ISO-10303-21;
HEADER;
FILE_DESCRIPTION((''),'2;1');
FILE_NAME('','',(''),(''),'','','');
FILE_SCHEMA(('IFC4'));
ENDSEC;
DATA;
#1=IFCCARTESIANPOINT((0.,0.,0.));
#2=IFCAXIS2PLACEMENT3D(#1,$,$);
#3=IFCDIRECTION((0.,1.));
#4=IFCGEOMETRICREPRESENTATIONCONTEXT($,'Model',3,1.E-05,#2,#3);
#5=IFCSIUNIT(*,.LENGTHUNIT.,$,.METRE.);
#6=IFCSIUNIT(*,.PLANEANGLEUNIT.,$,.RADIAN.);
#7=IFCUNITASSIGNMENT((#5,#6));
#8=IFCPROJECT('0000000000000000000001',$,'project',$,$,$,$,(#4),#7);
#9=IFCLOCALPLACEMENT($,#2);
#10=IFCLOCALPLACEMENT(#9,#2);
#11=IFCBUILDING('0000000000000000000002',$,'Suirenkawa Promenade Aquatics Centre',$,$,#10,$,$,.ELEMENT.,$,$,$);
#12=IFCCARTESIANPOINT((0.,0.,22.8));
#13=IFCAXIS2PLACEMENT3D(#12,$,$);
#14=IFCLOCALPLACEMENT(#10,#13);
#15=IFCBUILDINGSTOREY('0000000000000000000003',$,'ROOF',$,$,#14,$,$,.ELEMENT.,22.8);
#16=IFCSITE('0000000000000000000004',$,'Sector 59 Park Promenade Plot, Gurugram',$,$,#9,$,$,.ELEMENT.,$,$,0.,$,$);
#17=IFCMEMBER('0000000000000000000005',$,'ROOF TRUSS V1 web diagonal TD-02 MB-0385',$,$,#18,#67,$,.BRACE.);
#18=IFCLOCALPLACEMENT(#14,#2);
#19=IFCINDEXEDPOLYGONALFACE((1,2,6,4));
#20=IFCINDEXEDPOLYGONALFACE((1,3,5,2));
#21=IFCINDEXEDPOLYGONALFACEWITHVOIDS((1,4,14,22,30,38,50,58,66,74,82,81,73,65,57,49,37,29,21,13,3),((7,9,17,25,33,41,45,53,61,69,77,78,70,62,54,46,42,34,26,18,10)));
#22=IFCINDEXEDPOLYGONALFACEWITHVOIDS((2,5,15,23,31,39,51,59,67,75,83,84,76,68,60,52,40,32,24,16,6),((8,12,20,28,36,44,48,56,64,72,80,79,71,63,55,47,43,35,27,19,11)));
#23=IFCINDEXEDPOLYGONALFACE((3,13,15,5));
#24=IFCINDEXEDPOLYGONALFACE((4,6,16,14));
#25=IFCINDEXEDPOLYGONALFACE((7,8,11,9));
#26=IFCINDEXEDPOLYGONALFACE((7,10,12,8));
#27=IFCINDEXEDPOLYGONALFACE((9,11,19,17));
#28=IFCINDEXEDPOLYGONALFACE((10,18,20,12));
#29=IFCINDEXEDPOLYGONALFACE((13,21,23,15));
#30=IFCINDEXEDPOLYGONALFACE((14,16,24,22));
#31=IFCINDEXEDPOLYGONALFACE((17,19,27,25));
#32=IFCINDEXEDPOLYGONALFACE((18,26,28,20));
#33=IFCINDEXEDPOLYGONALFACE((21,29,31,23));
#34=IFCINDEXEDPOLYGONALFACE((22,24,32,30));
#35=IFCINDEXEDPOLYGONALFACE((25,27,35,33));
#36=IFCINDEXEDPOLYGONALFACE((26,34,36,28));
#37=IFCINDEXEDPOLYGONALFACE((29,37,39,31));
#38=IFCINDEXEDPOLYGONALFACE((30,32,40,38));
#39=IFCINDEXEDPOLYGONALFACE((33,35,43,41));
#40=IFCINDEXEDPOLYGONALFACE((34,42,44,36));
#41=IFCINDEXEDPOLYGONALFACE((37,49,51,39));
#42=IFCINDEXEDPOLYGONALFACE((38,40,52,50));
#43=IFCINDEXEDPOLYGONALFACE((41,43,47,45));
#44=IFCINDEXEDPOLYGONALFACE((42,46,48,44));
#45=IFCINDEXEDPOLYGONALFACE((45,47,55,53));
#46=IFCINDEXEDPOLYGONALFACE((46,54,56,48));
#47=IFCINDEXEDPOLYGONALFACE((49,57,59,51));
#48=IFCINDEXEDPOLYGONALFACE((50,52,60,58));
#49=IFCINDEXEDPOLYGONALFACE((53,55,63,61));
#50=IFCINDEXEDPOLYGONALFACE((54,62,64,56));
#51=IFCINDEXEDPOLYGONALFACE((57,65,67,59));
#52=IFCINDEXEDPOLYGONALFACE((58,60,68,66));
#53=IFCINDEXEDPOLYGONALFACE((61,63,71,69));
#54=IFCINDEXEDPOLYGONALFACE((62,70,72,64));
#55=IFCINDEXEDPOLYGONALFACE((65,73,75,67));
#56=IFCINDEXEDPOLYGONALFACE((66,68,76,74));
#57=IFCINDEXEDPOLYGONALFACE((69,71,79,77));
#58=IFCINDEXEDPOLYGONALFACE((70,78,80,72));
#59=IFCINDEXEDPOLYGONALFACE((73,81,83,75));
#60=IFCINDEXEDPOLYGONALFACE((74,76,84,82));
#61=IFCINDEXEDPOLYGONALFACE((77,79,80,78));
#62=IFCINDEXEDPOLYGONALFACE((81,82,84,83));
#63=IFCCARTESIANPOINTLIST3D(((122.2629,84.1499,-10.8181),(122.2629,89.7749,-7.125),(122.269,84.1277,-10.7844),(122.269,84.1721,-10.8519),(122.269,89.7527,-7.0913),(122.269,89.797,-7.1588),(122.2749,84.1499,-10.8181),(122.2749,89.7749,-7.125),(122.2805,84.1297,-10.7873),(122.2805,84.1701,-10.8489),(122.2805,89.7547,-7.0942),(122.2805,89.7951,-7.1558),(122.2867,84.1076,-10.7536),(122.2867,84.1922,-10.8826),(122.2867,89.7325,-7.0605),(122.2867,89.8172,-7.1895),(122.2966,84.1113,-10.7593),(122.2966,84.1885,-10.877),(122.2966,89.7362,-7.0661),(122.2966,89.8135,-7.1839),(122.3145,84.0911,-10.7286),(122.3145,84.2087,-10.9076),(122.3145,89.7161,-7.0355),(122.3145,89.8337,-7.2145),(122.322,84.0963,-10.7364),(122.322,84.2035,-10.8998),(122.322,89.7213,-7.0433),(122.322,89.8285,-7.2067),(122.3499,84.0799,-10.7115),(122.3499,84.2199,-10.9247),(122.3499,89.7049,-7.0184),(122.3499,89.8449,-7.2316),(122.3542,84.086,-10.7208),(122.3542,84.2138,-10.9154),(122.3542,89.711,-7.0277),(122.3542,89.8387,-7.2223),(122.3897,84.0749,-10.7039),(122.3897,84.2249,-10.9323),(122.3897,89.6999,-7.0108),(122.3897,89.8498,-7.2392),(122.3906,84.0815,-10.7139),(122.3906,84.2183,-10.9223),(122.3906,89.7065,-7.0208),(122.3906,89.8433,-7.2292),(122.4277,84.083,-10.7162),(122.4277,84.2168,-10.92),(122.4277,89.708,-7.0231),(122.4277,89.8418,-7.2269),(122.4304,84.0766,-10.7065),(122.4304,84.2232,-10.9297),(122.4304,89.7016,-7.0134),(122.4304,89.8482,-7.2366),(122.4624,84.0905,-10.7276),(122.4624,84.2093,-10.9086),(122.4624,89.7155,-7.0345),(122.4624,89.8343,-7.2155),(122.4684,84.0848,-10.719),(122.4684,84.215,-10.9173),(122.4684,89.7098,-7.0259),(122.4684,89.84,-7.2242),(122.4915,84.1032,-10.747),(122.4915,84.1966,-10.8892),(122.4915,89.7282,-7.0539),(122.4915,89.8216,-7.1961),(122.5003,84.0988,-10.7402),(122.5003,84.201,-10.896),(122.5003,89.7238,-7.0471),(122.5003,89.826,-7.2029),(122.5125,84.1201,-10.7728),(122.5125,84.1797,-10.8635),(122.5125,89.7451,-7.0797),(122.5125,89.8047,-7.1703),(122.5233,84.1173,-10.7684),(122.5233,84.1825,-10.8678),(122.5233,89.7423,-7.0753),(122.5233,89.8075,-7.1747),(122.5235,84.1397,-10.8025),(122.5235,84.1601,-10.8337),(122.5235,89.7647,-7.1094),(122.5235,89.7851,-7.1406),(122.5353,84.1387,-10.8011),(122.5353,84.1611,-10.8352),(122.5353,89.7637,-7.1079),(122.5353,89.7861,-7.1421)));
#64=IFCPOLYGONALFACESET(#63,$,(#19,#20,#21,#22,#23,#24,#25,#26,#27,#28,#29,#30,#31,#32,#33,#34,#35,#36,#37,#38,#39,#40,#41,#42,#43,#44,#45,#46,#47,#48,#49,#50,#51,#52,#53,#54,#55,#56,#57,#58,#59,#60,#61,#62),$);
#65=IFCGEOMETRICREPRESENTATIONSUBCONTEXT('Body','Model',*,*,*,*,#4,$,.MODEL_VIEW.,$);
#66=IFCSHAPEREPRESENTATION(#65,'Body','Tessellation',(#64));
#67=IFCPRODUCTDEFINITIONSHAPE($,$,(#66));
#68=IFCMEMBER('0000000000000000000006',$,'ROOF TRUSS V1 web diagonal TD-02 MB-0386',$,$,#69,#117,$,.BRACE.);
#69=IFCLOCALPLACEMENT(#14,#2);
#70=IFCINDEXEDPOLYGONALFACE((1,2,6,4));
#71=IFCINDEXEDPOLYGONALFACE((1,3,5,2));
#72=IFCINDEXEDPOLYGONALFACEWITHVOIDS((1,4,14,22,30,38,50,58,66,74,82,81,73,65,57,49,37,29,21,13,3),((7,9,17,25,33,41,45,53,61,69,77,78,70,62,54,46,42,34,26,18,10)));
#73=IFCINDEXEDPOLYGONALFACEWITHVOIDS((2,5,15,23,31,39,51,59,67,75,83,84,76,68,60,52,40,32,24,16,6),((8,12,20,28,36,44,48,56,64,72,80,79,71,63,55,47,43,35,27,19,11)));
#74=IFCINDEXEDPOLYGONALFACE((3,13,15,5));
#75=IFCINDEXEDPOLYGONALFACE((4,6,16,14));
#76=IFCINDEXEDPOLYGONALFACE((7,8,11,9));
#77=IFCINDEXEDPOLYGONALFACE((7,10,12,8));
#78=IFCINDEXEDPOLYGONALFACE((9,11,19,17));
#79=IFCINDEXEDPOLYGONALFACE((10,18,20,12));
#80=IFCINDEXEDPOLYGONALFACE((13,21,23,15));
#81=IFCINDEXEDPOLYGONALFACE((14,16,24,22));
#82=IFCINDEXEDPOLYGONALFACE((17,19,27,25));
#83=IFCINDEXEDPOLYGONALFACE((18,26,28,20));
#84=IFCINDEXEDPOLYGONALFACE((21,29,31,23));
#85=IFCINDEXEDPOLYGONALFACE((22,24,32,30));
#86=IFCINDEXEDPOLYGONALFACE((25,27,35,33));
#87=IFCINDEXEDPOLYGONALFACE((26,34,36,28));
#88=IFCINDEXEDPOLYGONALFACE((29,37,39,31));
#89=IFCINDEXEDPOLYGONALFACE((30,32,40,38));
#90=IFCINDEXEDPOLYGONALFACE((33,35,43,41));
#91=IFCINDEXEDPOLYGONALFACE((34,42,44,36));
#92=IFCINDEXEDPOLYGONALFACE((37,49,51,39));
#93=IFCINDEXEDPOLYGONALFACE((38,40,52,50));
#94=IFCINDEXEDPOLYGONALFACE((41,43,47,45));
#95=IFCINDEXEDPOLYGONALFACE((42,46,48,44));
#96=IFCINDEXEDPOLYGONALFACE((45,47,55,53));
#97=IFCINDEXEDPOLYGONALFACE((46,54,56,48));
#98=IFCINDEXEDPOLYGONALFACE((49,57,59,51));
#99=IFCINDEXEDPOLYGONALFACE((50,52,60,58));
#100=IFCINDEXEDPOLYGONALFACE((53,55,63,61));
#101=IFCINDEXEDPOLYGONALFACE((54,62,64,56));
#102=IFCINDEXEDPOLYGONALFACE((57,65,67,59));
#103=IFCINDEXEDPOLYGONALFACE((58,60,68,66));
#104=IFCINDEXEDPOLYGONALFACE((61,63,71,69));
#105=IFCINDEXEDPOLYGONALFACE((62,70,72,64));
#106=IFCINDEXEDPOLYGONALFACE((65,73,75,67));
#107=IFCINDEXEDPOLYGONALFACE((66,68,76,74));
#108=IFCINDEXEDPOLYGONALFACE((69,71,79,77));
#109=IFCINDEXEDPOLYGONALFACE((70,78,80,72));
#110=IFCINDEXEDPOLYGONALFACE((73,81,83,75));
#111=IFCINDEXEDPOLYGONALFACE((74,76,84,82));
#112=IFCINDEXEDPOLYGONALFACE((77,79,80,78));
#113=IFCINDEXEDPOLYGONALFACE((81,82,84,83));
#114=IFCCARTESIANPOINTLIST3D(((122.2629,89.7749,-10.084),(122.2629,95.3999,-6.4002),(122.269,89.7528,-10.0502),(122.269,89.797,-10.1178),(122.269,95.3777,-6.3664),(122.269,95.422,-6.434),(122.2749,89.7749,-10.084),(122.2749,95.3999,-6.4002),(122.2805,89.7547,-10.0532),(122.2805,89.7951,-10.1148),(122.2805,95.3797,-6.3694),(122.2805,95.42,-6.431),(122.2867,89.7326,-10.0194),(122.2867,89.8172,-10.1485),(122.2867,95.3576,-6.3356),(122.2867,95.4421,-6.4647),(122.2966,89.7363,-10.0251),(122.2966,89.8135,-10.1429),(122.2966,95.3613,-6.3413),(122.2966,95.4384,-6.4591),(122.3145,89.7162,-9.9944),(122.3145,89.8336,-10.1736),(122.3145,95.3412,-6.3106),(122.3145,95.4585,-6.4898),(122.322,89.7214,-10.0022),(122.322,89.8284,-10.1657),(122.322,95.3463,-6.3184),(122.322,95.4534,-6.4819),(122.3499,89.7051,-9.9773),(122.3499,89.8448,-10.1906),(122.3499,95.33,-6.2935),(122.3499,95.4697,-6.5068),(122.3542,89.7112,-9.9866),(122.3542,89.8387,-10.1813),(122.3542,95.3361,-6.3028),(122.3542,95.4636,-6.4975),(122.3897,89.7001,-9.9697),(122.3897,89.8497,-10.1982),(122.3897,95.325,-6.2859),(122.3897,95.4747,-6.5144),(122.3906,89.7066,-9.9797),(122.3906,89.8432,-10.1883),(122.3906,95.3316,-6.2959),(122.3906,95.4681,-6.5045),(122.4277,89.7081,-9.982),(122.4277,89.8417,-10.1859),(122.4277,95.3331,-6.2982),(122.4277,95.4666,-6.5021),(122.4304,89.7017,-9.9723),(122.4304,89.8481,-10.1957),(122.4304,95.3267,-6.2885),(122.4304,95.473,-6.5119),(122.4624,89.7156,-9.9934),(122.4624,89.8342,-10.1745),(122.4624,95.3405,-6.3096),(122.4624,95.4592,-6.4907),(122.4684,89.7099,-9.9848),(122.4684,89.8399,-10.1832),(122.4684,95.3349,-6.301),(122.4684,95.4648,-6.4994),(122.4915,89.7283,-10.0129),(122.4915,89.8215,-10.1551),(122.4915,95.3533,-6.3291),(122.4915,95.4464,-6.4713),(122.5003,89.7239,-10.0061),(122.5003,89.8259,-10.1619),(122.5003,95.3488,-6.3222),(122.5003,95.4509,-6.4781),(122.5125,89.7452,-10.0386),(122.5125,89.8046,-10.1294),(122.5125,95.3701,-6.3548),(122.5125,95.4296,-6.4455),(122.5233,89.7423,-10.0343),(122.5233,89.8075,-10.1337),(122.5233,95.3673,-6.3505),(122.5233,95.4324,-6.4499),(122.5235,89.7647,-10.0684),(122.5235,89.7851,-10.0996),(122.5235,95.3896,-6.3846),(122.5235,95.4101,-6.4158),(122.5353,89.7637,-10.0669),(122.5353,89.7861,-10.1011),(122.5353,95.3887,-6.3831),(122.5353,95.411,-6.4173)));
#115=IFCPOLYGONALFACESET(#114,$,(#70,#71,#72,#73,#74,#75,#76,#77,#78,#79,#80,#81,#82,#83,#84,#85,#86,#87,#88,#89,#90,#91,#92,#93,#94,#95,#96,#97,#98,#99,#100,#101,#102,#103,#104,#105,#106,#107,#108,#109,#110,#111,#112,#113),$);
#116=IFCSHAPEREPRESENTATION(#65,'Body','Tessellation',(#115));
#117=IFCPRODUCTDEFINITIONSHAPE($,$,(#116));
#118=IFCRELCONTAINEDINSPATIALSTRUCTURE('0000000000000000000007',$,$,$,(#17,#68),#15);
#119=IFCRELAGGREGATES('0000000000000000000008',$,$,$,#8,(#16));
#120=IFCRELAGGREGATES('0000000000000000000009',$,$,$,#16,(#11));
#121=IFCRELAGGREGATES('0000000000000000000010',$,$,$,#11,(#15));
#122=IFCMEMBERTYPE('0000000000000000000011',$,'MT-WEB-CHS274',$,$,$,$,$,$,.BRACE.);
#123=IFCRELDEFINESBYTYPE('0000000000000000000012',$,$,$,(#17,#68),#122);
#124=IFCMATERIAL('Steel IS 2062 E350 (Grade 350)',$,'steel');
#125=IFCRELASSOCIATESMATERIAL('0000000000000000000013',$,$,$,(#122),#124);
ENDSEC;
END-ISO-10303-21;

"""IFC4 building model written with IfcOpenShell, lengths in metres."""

from ifc_helpers import new_model, si_unit, direction, frame, origin, origin_2d, place, context, subcontext, project, spatial, hollow_circle, extrude, material, material_profile, profile_set, type_object, element, save


model = new_model("IFC4")

# Units and contexts
model_context = context("Model", 3, precision=1e-05, world=origin(), true_north=direction((0.0, 1.0)))
body_context = subcontext(model_context, "Body", "Model", "MODEL_VIEW")
ifc_project = project(units=[si_unit("LENGTHUNIT", "METRE"), si_unit("PLANEANGLEUNIT", "RADIAN")], contexts=[model_context])

# Site, building, storey
site_placement = place(None, origin())
site = spatial("IfcSite", under=ifc_project, at=site_placement, Name="Sector 59 Park Promenade Plot, Gurugram", CompositionType="ELEMENT", RefElevation=0.0)
building_placement = place(site_placement, origin())
building = spatial("IfcBuilding", under=site, at=building_placement, Name="Suirenkawa Promenade Aquatics Centre", CompositionType="ELEMENT")
storey_placement = place(building_placement, frame((0.0, 0.0, 22.8)))
storey = spatial("IfcBuildingStorey", under=building, at=storey_placement, Name="ROOF", CompositionType="ELEMENT", Elevation=22.8)

# Shared definitions
ifc_material = material(Name="Steel IS 2062 E350 (Grade 350)", Category="steel")

# Members
ifc_material_profile_1 = material_profile(ifc_material, hollow_circle(Radius=0.137, WallThickness=0.012, at=origin_2d()), Name="CHS 274x12", Category="steel")
ifc_profile_set_1 = profile_set([ifc_material_profile_1], Name="Steel IS 2062 E350 (Grade 350)")
member_type_1 = type_object("IfcMemberType", Name="MT-WEB-CHS274", PredefinedType="BRACE", material=ifc_profile_set_1)
member_1_placement = place(storey_placement, frame((122.3999, 84.1499, -10.8181), z_axis=(0.0, 0.835931, 0.548834), x_axis=(-1.0, 0.0, 0.0)))
element("IfcMember", 1, at=member_1_placement, inside=storey, type_object=member_type_1, Name="ROOF TRUSS V1 web diagonal TD-02 MB-0385", PredefinedType="BRACE", context=body_context, shape_type="SweptSolid", body=[
    extrude(hollow_circle(Radius=0.137, WallThickness=0.012, at=origin_2d()), origin(), (0.0, 0.0, 1.0), 6.729),
])
member_2_placement = place(storey_placement, frame((122.3999, 89.7749, -10.084), z_axis=(0.0, 0.836564, 0.547869), x_axis=(-1.0, 0.0, 0.0)))
element("IfcMember", 2, at=member_2_placement, inside=storey, type_object=member_type_1, Name="ROOF TRUSS V1 web diagonal TD-02 MB-0386", PredefinedType="BRACE", context=body_context, shape_type="SweptSolid", body=[
    extrude(hollow_circle(Radius=0.137, WallThickness=0.012, at=origin_2d()), origin(), (0.0, 0.0, 1.0), 6.7239),
])

save(model, "model.ifc")
